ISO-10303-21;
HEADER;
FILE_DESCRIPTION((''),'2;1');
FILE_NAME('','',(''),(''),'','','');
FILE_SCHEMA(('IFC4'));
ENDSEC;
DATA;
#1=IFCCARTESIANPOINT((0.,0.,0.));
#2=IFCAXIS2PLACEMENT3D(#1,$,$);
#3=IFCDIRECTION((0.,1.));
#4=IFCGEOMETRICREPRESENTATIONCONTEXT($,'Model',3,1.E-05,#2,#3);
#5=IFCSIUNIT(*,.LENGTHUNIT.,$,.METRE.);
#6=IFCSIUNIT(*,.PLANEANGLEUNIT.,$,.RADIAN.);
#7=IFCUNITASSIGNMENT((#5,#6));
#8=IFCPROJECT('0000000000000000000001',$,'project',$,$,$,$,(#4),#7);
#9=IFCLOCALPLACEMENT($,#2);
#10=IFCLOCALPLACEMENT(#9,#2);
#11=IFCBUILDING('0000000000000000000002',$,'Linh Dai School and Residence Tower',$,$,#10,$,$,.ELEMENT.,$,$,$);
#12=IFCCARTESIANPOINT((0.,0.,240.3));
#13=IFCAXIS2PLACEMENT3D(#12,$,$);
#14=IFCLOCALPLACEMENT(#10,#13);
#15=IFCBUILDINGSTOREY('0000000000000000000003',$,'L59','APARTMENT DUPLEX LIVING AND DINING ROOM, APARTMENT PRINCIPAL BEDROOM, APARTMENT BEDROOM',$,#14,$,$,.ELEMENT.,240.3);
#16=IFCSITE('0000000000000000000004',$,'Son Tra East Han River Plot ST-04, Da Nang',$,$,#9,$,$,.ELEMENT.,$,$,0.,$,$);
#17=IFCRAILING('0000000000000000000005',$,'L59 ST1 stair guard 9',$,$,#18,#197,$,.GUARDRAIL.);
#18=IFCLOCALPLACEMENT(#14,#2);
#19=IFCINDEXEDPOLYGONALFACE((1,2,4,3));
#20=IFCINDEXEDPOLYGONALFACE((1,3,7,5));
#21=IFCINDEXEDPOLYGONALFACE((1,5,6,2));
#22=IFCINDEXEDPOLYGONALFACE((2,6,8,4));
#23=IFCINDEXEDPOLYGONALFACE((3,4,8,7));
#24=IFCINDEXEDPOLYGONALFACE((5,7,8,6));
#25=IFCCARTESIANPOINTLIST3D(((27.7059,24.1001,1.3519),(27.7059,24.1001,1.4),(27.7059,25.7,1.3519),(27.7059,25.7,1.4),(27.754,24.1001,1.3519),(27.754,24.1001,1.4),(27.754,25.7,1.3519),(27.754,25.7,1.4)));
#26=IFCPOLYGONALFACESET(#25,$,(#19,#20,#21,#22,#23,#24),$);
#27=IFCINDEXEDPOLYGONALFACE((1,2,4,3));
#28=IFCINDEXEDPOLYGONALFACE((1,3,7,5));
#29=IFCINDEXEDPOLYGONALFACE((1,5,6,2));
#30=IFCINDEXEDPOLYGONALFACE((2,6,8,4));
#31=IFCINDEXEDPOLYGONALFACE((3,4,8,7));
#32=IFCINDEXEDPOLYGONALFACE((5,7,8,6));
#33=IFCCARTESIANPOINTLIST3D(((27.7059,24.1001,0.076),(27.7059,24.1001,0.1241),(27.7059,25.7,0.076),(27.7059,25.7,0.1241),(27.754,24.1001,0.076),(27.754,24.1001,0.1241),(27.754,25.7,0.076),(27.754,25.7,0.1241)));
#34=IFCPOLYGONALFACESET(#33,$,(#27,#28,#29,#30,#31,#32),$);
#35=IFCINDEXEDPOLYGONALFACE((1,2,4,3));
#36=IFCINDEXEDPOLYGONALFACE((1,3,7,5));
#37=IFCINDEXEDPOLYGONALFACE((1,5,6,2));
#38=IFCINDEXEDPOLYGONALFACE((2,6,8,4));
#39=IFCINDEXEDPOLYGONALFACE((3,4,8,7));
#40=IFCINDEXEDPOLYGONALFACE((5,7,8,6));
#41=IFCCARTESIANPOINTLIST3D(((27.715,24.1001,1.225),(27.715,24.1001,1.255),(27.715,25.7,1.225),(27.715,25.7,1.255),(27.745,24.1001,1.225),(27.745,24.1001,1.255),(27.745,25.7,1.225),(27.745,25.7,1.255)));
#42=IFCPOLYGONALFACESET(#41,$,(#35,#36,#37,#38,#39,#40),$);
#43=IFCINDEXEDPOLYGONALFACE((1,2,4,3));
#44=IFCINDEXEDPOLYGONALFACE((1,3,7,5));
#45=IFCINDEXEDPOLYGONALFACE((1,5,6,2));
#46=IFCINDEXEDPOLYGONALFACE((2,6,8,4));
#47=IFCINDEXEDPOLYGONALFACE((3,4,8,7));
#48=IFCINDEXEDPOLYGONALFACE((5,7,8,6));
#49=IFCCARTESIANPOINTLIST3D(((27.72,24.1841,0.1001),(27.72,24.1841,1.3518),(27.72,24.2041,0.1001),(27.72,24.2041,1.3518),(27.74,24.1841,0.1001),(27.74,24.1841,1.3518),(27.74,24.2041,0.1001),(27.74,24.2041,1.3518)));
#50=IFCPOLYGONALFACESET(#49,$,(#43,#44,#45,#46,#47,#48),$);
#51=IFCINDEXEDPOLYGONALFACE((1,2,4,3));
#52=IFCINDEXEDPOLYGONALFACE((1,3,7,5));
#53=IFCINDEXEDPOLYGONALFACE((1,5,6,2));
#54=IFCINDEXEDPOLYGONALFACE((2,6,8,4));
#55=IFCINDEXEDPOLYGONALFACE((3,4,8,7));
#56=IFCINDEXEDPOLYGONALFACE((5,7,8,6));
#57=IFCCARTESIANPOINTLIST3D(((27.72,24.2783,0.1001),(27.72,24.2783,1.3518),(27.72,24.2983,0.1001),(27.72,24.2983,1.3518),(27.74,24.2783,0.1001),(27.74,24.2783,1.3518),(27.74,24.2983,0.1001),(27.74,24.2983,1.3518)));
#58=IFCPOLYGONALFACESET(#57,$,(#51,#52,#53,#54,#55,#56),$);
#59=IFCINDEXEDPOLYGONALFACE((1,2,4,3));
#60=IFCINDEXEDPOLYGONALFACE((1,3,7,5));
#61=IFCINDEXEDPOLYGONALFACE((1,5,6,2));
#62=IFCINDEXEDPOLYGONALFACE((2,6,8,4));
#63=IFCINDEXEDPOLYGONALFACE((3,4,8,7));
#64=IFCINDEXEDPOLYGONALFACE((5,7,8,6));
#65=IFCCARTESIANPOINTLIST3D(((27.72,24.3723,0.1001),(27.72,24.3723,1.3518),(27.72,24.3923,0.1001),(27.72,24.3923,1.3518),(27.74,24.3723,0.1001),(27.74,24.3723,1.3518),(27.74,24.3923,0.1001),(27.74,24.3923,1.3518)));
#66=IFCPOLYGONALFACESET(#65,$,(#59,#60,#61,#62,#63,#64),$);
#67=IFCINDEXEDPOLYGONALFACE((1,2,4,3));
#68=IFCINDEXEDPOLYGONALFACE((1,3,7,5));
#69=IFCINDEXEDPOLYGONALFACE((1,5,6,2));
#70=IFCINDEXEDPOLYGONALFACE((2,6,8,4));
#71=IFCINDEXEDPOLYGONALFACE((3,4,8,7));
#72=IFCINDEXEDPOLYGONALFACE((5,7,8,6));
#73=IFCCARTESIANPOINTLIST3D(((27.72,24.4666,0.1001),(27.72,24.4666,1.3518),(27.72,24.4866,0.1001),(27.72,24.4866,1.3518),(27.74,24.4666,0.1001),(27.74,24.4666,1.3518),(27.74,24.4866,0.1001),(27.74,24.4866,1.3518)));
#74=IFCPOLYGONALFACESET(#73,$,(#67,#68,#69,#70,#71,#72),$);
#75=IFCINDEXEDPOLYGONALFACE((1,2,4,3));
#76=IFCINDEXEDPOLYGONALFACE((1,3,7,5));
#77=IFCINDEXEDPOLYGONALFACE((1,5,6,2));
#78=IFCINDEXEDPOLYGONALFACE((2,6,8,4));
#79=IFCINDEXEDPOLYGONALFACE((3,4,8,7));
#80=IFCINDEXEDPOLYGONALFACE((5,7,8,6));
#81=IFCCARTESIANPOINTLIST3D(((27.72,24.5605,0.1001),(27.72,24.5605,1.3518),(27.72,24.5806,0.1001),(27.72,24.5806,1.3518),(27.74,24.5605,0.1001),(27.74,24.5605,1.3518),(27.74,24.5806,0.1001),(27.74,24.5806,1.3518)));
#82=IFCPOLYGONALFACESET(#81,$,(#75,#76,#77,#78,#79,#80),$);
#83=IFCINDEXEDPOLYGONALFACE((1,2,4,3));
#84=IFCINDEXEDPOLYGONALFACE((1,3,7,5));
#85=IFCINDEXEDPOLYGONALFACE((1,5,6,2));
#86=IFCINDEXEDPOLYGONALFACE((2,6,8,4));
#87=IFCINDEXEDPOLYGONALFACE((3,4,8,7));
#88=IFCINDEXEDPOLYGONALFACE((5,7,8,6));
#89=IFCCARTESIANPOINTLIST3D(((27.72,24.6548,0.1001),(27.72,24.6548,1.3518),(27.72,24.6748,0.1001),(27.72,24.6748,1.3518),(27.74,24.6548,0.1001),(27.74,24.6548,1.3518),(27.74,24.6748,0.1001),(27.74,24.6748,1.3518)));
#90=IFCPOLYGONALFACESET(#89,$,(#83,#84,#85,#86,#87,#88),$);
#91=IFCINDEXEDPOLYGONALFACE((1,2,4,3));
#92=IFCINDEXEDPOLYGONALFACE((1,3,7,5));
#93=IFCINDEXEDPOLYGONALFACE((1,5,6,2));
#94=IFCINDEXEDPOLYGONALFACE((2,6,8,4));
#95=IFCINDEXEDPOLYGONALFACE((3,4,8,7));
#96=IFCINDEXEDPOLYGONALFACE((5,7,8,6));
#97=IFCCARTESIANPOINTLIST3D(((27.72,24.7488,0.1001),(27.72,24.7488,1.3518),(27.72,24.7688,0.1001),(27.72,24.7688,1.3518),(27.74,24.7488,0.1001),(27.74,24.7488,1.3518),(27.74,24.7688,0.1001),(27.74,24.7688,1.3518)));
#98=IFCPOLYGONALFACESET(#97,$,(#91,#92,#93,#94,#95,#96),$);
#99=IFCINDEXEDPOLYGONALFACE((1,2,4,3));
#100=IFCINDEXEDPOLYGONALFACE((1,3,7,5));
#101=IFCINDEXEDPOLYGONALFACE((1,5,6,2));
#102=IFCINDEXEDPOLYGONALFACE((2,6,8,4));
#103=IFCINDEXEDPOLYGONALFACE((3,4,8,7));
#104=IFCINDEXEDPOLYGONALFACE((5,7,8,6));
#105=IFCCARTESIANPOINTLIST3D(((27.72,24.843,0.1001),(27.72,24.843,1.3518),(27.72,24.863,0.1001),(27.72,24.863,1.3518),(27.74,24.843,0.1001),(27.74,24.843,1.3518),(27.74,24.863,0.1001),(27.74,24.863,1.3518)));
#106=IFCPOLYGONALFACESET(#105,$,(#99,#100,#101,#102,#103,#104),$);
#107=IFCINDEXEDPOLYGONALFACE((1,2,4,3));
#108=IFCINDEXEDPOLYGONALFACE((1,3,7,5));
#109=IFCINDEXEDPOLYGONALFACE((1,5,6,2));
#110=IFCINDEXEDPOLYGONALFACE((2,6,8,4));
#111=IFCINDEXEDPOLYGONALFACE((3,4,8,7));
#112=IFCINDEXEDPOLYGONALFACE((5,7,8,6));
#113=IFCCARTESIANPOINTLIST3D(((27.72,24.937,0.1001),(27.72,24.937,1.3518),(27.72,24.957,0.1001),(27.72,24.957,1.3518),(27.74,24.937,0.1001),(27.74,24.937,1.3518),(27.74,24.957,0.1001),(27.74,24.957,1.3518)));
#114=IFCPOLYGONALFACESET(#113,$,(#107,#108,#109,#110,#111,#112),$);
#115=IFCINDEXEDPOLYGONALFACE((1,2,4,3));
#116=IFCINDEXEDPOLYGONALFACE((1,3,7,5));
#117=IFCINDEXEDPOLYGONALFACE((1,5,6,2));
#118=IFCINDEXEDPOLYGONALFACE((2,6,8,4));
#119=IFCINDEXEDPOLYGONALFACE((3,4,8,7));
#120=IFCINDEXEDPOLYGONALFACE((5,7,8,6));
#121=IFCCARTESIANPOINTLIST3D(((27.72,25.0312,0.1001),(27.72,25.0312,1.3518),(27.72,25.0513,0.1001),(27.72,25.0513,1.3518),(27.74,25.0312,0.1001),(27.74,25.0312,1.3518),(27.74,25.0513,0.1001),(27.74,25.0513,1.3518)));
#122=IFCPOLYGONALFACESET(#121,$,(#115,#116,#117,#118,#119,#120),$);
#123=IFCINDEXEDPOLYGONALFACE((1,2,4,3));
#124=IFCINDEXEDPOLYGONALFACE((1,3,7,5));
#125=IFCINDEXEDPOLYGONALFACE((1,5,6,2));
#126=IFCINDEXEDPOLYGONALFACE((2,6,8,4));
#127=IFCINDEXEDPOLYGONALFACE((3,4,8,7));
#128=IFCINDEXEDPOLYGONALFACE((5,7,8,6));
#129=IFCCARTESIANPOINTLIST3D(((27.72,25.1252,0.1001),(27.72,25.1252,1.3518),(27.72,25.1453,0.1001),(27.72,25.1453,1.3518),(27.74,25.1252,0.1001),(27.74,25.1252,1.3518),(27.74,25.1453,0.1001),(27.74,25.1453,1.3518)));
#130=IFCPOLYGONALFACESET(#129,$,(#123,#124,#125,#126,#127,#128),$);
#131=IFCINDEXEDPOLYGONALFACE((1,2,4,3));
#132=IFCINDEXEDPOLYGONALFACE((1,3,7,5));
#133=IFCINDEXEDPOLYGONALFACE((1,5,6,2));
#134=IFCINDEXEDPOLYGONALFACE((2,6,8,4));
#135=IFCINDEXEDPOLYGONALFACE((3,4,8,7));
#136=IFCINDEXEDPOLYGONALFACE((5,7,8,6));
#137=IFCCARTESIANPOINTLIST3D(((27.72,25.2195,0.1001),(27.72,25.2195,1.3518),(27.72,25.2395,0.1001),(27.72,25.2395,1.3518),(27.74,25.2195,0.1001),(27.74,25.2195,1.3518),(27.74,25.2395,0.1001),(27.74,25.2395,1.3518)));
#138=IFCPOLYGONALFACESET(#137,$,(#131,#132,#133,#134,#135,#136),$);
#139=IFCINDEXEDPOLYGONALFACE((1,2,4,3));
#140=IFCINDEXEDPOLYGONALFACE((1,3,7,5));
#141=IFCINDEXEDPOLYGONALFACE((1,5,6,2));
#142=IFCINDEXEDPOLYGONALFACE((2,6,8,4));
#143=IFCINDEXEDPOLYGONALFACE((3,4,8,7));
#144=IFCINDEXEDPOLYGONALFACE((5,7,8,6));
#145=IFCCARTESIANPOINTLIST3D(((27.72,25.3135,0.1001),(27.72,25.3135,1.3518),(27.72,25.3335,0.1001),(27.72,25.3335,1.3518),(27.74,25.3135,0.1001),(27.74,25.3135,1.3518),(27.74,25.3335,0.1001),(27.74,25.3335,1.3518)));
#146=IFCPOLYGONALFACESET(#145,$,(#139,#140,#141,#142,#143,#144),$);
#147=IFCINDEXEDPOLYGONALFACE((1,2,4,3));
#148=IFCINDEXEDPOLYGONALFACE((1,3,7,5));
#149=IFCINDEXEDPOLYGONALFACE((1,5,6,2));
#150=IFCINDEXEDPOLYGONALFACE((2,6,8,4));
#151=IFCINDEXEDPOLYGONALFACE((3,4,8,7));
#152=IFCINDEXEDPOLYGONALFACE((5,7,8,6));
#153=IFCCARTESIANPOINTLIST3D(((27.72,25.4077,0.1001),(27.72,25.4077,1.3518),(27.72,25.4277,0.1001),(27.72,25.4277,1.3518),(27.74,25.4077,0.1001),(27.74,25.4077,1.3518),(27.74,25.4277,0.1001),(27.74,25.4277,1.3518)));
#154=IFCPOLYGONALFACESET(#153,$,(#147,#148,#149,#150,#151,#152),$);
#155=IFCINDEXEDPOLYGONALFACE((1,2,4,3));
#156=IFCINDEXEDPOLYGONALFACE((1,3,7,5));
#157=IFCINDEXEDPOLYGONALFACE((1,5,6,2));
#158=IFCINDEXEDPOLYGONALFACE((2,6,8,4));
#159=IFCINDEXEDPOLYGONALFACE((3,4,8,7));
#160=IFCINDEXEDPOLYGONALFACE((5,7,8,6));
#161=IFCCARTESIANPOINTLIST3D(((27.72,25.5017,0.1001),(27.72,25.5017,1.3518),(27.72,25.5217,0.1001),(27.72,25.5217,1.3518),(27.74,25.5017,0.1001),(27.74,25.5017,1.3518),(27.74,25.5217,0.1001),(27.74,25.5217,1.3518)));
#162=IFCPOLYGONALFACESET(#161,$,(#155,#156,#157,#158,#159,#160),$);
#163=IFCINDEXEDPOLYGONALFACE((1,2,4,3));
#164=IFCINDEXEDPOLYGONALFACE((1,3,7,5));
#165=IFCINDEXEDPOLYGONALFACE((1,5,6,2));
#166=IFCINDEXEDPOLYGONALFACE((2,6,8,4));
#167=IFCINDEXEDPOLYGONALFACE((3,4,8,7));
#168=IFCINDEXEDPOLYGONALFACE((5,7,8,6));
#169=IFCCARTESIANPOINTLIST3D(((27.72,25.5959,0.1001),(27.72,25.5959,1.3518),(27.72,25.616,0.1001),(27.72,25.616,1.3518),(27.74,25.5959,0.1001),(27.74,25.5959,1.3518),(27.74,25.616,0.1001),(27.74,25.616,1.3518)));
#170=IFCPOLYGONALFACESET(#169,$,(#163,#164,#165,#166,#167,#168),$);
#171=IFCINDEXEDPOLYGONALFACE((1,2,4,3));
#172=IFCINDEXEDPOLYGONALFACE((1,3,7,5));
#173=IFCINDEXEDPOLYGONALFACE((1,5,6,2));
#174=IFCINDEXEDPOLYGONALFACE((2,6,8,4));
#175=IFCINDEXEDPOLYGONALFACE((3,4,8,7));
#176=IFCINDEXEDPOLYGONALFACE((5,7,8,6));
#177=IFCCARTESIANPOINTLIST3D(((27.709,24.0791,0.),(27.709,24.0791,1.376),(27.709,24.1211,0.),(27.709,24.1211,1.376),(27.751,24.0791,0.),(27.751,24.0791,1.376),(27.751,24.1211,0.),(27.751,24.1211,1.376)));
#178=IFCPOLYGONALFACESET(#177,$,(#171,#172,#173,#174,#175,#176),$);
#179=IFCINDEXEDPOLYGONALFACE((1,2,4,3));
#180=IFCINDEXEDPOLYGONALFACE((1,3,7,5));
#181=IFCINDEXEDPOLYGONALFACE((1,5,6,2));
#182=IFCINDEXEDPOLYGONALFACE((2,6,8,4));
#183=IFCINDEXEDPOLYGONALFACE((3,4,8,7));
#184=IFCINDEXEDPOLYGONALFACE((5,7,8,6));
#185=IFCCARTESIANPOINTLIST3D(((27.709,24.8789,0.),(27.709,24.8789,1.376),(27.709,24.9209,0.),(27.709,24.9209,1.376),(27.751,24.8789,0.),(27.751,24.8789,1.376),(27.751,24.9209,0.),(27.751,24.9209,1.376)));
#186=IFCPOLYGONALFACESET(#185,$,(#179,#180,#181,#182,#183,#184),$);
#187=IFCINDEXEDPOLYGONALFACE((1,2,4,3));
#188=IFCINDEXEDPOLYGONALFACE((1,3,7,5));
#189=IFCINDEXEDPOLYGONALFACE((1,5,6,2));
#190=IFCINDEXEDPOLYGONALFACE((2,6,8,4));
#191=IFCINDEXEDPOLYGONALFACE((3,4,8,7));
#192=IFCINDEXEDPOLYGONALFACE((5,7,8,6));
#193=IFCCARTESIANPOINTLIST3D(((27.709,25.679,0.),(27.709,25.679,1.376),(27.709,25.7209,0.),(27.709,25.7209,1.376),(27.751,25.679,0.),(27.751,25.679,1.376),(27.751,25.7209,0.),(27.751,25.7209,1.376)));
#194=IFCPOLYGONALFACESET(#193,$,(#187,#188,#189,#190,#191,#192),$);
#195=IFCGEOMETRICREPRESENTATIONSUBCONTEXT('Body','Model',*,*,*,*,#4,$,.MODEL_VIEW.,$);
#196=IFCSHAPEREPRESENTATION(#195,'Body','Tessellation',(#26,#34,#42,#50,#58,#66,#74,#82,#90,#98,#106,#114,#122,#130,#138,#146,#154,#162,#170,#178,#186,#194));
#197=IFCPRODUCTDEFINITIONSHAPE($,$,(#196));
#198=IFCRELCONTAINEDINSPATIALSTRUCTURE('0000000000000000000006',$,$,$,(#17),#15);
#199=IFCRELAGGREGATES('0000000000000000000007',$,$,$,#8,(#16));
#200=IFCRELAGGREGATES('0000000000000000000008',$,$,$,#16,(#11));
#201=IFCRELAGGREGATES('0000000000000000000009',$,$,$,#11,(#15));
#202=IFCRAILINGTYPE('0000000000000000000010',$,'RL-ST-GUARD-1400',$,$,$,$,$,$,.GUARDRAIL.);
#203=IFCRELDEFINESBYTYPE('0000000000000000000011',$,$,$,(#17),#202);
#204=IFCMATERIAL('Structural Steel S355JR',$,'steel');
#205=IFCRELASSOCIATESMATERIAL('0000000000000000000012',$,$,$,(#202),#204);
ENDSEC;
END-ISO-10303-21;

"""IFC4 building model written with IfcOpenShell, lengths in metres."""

from ifc_helpers import new_model, si_unit, direction, frame, origin, origin_2d, place, context, subcontext, project, spatial, rectangle, extrude, source, transform, mapped, material, type_object, element, save


model = new_model("IFC4")

# Units and contexts
model_context = context("Model", 3, precision=1e-05, world=origin(), true_north=direction((0.0, 1.0)))
body_context = subcontext(model_context, "Body", "Model", "MODEL_VIEW")
ifc_project = project(units=[si_unit("LENGTHUNIT", "METRE"), si_unit("PLANEANGLEUNIT", "RADIAN")], contexts=[model_context])

# Site, building, storey
site_placement = place(None, origin())
site = spatial("IfcSite", under=ifc_project, at=site_placement, Name="Son Tra East Han River Plot ST-04, Da Nang", CompositionType="ELEMENT", RefElevation=0.0)
building_placement = place(site_placement, origin())
building = spatial("IfcBuilding", under=site, at=building_placement, Name="Linh Dai School and Residence Tower", CompositionType="ELEMENT")
storey_placement = place(building_placement, frame((0.0, 0.0, 240.3)))
storey = spatial("IfcBuildingStorey", under=building, at=storey_placement, Name="L59", Description="APARTMENT DUPLEX LIVING AND DINING ROOM, APARTMENT PRINCIPAL BEDROOM, APARTMENT BEDROOM", CompositionType="ELEMENT", Elevation=240.3)

# Shared definitions
ifc_material_1 = material(Name="Structural Steel S355JR", Category="steel")

# Railing
railing_type = type_object("IfcRailingType", Name="RL-ST-GUARD-1400", PredefinedType="GUARDRAIL", material=ifc_material_1)
shared_shape_1 = source(origin(), body_context, "Body", "SweptSolid", [
    extrude(rectangle(XDim=0.0481, YDim=0.0481, at=origin_2d()), frame((0.0, 0.0, 1.376), z_axis=(0.0, 1.0, 0.0), x_axis=(-1.0, 0.0, 0.0)), (0.0, 0.0, 1.0), 1.5999),
    extrude(rectangle(XDim=0.0481, YDim=0.0481, at=origin_2d()), frame((0.0, 0.0, 0.1001), z_axis=(0.0, 1.0, 0.0), x_axis=(-1.0, 0.0, 0.0)), (0.0, 0.0, 1.0), 1.5999),
    extrude(rectangle(XDim=0.03, YDim=0.03, at=origin_2d()), frame((0.0, 0.0, 1.24), z_axis=(0.0, 1.0, 0.0), x_axis=(-1.0, 0.0, 0.0)), (0.0, 0.0, 1.0), 1.5999),
    extrude(rectangle(XDim=0.02, YDim=0.02, at=origin_2d()), frame((0.0, 0.094, 0.1001)), (0.0, 0.0, 1.0), 1.2517),
    extrude(rectangle(XDim=0.02, YDim=0.02, at=origin_2d()), frame((0.0, 0.1882, 0.1001)), (0.0, 0.0, 1.0), 1.2517),
    extrude(rectangle(XDim=0.02, YDim=0.02, at=origin_2d()), frame((0.0, 0.2822, 0.1001)), (0.0, 0.0, 1.0), 1.2517),
    extrude(rectangle(XDim=0.02, YDim=0.02, at=origin_2d()), frame((0.0, 0.3765, 0.1001)), (0.0, 0.0, 1.0), 1.2517),
    extrude(rectangle(XDim=0.02, YDim=0.02, at=origin_2d()), frame((0.0, 0.4705, 0.1001)), (0.0, 0.0, 1.0), 1.2517),
    extrude(rectangle(XDim=0.02, YDim=0.02, at=origin_2d()), frame((0.0, 0.5647, 0.1001)), (0.0, 0.0, 1.0), 1.2517),
    extrude(rectangle(XDim=0.02, YDim=0.02, at=origin_2d()), frame((0.0, 0.6587, 0.1001)), (0.0, 0.0, 1.0), 1.2517),
    extrude(rectangle(XDim=0.02, YDim=0.02, at=origin_2d()), frame((0.0, 0.7529, 0.1001)), (0.0, 0.0, 1.0), 1.2517),
    extrude(rectangle(XDim=0.02, YDim=0.02, at=origin_2d()), frame((0.0, 0.8469, 0.1001)), (0.0, 0.0, 1.0), 1.2517),
    extrude(rectangle(XDim=0.02, YDim=0.02, at=origin_2d()), frame((0.0, 0.9412, 0.1001)), (0.0, 0.0, 1.0), 1.2517),
    extrude(rectangle(XDim=0.02, YDim=0.02, at=origin_2d()), frame((0.0, 1.0352, 0.1001)), (0.0, 0.0, 1.0), 1.2517),
    extrude(rectangle(XDim=0.02, YDim=0.02, at=origin_2d()), frame((0.0, 1.1294, 0.1001)), (0.0, 0.0, 1.0), 1.2517),
    extrude(rectangle(XDim=0.02, YDim=0.02, at=origin_2d()), frame((0.0, 1.2234, 0.1001)), (0.0, 0.0, 1.0), 1.2517),
    extrude(rectangle(XDim=0.02, YDim=0.02, at=origin_2d()), frame((0.0, 1.3176, 0.1001)), (0.0, 0.0, 1.0), 1.2517),
    extrude(rectangle(XDim=0.02, YDim=0.02, at=origin_2d()), frame((0.0, 1.4116, 0.1001)), (0.0, 0.0, 1.0), 1.2517),
    extrude(rectangle(XDim=0.02, YDim=0.02, at=origin_2d()), frame((0.0, 1.5059, 0.1001)), (0.0, 0.0, 1.0), 1.2517),
    extrude(rectangle(XDim=0.042, YDim=0.042, at=origin_2d()), origin(), (0.0, 0.0, 1.0), 1.376),
    extrude(rectangle(XDim=0.042, YDim=0.042, at=origin_2d()), frame((0.0, 0.7998, 0.0)), (0.0, 0.0, 1.0), 1.376),
    extrude(rectangle(XDim=0.042, YDim=0.042, at=origin_2d()), frame((0.0, 1.5999, 0.0)), (0.0, 0.0, 1.0), 1.376),
])
for number, where, name in (
    (1, (27.73, 24.1001, 0.0), "L59 ST1 stair guard 9"),
):
    element("IfcRailing", number, at=place(storey_placement, frame(where)), inside=storey, type_object=railing_type, Name=name, PredefinedType="GUARDRAIL", context=body_context, shape_type="MappedRepresentation", body=[
        mapped(shared_shape_1, transform((0.0, 0.0, 0.0), x_axis=(1.0, 0.0, 0.0), y_axis=(0.0, 1.0, 0.0), z_axis=(0.0, 0.0, 1.0), scale=1.0)),
    ])

save(model, "model.ifc")
